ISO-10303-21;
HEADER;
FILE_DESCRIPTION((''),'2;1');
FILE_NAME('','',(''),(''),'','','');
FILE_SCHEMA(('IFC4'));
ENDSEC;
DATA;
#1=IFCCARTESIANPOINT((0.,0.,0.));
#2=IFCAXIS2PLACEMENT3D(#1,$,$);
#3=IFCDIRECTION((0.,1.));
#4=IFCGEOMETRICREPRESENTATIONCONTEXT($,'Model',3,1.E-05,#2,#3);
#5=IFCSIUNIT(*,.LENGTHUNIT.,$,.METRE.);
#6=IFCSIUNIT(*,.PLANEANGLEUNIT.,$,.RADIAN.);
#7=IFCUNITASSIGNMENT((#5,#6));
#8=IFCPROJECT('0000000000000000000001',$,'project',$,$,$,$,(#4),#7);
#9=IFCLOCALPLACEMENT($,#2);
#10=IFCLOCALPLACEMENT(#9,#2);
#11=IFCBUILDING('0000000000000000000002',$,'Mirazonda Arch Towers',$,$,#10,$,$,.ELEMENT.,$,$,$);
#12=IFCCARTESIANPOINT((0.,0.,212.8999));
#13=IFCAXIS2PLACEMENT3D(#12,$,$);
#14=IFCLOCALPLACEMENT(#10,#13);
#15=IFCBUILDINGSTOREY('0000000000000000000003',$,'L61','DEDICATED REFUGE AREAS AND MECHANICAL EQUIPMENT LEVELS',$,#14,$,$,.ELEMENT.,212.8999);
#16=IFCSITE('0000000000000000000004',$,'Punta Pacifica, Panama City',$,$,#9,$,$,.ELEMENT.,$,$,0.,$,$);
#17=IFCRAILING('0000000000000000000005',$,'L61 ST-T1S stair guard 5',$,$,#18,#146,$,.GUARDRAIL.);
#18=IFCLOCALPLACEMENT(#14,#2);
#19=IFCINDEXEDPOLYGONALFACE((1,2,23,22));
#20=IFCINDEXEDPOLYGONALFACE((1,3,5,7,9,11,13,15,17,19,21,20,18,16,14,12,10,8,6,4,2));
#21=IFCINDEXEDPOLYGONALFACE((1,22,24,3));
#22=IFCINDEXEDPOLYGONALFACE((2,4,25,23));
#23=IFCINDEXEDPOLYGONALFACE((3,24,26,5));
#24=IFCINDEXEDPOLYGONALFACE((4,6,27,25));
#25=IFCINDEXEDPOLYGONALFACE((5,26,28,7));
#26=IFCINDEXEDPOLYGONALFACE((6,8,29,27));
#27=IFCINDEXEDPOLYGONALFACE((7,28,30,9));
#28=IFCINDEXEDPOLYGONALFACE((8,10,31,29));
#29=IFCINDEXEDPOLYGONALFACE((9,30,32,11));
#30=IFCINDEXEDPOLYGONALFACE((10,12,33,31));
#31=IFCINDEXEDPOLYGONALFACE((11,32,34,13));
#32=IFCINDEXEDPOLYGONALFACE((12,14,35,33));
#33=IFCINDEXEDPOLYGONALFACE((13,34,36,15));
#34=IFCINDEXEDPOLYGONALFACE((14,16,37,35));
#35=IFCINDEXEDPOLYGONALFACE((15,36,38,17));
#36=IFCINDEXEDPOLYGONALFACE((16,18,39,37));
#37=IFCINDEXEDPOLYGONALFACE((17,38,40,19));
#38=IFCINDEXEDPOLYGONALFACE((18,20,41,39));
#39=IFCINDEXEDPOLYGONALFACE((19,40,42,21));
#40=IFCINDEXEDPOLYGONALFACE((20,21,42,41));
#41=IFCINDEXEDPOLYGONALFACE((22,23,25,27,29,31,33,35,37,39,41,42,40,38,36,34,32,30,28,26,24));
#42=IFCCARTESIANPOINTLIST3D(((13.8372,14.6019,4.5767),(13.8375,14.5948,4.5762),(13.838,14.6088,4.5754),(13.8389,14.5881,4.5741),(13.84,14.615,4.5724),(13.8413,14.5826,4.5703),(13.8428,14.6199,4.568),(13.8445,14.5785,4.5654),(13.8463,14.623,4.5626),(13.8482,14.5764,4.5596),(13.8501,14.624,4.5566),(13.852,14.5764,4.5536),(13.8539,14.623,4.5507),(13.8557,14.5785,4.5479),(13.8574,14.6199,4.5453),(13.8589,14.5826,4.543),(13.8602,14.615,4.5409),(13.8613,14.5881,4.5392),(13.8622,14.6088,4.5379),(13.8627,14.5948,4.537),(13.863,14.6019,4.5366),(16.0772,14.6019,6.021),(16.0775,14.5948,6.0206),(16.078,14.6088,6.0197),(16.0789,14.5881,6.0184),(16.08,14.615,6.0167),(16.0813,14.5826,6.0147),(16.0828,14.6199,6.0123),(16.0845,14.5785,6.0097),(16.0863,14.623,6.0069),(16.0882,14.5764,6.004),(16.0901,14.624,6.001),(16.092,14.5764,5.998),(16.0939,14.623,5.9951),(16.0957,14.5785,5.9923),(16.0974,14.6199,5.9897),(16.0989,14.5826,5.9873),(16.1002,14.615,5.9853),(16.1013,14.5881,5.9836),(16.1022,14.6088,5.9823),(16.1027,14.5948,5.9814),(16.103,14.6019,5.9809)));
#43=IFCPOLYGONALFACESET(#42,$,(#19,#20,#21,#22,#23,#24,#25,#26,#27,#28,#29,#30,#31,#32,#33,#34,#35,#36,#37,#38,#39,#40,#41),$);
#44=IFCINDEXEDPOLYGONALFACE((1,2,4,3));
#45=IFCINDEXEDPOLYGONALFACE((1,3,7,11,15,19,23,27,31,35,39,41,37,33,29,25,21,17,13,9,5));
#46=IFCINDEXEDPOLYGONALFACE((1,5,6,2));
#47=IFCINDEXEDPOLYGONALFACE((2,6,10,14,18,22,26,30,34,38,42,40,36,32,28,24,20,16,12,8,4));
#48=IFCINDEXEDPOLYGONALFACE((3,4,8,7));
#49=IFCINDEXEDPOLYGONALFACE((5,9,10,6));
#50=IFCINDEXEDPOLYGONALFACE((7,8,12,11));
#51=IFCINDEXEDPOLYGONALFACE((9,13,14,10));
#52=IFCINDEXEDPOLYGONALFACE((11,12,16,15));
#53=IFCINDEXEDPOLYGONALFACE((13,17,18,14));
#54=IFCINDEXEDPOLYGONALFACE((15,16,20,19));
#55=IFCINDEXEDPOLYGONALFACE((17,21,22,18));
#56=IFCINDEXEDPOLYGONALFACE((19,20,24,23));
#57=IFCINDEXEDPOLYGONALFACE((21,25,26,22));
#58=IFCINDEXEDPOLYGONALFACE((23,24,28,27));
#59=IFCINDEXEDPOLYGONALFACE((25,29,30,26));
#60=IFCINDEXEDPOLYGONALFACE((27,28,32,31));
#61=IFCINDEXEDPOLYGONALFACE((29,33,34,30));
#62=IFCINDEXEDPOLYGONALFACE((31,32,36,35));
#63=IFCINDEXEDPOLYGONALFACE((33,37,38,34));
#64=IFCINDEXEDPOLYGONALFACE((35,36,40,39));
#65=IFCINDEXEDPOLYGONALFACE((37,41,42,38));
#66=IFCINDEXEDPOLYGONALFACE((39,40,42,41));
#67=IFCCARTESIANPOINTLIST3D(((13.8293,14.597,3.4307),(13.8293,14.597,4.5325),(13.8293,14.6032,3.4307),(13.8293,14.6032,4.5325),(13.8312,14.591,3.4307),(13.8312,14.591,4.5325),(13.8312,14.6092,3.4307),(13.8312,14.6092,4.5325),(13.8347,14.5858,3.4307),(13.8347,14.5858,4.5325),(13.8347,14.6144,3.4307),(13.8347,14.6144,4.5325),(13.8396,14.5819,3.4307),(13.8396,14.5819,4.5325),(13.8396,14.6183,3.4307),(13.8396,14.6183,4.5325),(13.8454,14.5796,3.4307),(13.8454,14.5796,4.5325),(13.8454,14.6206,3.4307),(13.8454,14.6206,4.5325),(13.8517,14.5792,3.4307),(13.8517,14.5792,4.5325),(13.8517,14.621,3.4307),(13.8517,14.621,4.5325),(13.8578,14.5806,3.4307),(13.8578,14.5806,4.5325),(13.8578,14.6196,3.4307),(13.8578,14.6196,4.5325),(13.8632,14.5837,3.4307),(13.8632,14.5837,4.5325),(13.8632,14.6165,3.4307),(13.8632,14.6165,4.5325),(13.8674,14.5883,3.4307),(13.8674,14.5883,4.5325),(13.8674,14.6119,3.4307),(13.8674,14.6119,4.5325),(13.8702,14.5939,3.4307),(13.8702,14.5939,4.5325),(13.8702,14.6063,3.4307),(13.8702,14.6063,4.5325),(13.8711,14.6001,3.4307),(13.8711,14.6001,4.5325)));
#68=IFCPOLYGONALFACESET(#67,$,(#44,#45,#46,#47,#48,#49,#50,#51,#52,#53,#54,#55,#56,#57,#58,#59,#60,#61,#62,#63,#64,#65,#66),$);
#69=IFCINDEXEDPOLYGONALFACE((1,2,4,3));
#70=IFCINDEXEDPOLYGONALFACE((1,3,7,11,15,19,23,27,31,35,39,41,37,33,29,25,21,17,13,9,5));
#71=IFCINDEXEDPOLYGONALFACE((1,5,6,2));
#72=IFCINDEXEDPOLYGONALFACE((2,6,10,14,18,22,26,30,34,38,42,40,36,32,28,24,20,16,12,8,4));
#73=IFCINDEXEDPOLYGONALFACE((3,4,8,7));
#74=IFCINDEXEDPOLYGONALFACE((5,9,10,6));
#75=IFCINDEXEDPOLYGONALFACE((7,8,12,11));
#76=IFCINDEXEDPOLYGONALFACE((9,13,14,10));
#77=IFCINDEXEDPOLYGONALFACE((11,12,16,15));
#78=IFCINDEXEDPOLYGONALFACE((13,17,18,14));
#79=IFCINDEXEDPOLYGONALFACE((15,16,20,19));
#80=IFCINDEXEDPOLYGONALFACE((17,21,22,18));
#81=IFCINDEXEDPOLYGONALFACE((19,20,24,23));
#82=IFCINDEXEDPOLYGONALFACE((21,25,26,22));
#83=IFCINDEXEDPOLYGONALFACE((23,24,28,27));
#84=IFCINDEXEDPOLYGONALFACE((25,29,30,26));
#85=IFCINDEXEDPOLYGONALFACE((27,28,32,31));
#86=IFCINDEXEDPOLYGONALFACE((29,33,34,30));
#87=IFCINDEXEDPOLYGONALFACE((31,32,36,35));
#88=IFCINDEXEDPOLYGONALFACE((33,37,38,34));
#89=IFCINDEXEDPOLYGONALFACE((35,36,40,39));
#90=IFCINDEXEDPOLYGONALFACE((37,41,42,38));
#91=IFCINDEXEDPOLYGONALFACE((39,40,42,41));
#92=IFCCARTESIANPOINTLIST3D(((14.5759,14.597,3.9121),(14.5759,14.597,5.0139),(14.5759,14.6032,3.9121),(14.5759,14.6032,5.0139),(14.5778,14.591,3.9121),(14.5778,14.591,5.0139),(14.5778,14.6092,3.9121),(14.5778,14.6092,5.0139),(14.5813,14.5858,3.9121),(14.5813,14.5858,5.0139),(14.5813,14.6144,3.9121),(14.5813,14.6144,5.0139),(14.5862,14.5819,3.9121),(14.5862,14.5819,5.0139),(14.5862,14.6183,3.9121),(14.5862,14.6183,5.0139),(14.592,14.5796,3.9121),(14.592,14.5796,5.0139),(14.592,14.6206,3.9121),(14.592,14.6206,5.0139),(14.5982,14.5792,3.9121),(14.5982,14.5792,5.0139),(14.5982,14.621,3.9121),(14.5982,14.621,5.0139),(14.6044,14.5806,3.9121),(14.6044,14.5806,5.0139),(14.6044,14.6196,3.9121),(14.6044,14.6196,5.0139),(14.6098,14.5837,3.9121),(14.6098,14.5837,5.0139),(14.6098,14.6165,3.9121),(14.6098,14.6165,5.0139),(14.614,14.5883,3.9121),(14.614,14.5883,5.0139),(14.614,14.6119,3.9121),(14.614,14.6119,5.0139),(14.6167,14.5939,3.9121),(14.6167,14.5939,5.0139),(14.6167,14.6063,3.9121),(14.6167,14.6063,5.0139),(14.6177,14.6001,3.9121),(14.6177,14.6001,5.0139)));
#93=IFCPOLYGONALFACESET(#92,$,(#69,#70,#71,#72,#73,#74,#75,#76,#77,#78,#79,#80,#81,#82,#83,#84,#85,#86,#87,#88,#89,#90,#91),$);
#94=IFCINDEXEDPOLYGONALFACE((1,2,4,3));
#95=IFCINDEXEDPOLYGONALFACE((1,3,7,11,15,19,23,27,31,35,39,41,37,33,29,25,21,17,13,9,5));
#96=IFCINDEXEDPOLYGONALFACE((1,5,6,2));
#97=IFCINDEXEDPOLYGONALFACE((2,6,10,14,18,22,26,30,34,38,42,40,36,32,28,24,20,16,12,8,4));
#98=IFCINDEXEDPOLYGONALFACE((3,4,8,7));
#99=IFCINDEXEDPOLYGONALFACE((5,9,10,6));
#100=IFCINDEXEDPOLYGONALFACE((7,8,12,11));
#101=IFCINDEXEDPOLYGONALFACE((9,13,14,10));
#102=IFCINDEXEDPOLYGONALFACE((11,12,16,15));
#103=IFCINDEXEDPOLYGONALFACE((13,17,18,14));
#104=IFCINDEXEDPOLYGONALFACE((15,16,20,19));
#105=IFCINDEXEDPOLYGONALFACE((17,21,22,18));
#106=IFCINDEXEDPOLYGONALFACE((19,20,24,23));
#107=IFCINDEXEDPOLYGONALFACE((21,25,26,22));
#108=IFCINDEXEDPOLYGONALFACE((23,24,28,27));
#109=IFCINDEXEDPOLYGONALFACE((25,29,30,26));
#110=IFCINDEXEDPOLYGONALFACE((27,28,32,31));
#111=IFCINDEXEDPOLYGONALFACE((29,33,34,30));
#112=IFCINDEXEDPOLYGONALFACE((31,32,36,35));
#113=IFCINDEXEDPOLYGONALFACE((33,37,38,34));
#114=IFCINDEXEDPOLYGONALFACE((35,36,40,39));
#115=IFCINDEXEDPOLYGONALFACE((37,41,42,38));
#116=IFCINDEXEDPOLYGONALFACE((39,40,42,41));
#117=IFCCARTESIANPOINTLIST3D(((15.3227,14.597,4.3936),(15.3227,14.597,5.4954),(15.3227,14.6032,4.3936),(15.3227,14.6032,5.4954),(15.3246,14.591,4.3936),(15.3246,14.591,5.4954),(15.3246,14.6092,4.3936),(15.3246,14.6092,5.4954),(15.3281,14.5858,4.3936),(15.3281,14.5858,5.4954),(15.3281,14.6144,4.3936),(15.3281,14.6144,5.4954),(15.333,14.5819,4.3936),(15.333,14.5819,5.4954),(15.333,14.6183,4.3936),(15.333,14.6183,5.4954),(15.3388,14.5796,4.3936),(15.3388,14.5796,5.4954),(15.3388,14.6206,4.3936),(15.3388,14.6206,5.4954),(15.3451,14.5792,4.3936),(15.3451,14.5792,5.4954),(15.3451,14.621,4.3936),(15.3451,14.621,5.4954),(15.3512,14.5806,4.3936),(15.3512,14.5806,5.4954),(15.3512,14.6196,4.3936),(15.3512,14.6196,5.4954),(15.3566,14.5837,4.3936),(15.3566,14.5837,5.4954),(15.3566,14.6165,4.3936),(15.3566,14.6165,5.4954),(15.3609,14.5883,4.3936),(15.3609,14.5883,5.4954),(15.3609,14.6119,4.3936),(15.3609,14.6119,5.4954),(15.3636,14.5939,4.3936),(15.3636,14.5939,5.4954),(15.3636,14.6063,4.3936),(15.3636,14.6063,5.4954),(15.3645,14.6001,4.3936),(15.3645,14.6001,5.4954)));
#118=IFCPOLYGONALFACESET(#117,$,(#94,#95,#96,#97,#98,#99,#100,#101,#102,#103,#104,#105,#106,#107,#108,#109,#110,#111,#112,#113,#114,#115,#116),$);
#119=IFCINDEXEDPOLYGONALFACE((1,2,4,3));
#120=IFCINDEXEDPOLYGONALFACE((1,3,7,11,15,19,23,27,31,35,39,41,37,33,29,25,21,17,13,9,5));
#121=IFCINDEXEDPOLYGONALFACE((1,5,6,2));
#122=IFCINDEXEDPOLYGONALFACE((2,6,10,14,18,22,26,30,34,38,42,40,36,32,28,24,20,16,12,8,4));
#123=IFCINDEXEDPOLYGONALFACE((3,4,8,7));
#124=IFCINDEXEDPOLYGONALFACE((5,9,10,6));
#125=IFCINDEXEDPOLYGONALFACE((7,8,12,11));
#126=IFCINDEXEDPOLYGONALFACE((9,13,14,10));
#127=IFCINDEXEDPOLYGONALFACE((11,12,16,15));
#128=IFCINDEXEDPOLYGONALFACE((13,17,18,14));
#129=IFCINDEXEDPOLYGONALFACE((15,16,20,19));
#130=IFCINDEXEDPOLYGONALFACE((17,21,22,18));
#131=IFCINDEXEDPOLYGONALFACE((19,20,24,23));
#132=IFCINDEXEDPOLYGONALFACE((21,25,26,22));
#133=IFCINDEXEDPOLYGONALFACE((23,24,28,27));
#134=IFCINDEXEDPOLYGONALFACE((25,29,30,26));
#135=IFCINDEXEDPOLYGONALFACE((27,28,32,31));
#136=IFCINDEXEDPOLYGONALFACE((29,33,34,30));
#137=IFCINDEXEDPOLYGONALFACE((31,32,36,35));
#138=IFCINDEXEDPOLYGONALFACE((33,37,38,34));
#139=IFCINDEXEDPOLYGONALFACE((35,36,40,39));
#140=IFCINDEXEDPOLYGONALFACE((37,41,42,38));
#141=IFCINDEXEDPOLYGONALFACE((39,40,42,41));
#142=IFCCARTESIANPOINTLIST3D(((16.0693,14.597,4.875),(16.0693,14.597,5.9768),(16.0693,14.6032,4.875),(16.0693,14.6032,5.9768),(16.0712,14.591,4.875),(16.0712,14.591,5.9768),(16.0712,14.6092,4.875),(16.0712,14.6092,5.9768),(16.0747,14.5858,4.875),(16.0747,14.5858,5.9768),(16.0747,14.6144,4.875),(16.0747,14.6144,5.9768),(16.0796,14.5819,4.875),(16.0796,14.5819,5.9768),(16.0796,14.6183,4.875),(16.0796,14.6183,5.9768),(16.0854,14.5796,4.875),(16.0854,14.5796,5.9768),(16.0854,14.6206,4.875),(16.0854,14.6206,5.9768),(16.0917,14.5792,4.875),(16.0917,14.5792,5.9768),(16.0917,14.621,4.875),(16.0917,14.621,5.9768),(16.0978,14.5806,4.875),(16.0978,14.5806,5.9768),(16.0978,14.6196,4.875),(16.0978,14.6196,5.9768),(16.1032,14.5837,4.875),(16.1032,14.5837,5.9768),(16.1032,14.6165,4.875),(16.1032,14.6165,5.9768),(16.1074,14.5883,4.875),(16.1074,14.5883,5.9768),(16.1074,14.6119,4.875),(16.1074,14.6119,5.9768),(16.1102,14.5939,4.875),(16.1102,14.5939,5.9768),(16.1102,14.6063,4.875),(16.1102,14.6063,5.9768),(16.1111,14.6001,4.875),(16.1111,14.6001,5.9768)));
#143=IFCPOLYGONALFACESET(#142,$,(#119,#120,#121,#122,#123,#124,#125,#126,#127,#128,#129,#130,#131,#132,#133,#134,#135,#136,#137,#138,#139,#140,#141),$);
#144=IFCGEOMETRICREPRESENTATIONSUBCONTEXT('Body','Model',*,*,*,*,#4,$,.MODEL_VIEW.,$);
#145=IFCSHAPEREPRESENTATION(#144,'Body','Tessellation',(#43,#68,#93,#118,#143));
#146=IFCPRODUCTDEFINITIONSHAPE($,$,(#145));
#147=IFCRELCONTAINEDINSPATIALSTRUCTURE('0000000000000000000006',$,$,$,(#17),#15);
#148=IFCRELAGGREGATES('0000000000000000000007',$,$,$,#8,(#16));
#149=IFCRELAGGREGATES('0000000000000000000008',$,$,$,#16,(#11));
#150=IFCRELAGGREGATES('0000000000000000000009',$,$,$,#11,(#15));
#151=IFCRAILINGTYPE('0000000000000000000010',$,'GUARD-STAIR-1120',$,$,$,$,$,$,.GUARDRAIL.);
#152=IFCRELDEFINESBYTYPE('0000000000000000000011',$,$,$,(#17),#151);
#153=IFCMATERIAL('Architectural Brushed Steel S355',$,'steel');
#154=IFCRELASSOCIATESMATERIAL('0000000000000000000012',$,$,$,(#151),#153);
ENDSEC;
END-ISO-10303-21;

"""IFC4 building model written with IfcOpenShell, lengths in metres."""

from ifc_helpers import new_model, si_unit, direction, frame, origin, origin_2d, place, context, subcontext, project, spatial, circle, extrude, material, type_object, element, save


model = new_model("IFC4")

# Units and contexts
model_context = context("Model", 3, precision=1e-05, world=origin(), true_north=direction((0.0, 1.0)))
body_context = subcontext(model_context, "Body", "Model", "MODEL_VIEW")
ifc_project = project(units=[si_unit("LENGTHUNIT", "METRE"), si_unit("PLANEANGLEUNIT", "RADIAN")], contexts=[model_context])

# Site, building, storey
site_placement = place(None, origin())
site = spatial("IfcSite", under=ifc_project, at=site_placement, Name="Punta Pacifica, Panama City", CompositionType="ELEMENT", RefElevation=0.0)
building_placement = place(site_placement, origin())
building = spatial("IfcBuilding", under=site, at=building_placement, Name="Mirazonda Arch Towers", CompositionType="ELEMENT")
storey_placement = place(building_placement, frame((0.0, 0.0, 212.8999)))
storey = spatial("IfcBuildingStorey", under=building, at=storey_placement, Name="L61", Description="DEDICATED REFUGE AREAS AND MECHANICAL EQUIPMENT LEVELS", CompositionType="ELEMENT", Elevation=212.8999)

# Shared definitions
ifc_material_1 = material(Name="Architectural Brushed Steel S355", Category="steel")

# Railing
railing_type_1 = type_object("IfcRailingType", Name="GUARD-STAIR-1120", PredefinedType="GUARDRAIL", material=ifc_material_1)
railing_1_placement = place(storey_placement, frame((13.8501, 14.6001, 3.4307)))
element("IfcRailing", 1, at=railing_1_placement, inside=storey, type_object=railing_type_1, Name="L61 ST-T1S stair guard 5", PredefinedType="GUARDRAIL", context=body_context, shape_type="SweptSolid", body=[
    extrude(circle(Radius=0.0239, at=origin_2d()), frame((0.0, 0.0, 1.126), z_axis=(0.840437, 0.0, 0.54191), x_axis=(0.0, 1.0, 0.0)), (0.0, 0.0, 1.0), 2.6653),
    extrude(circle(Radius=0.021, at=origin_2d()), origin(), (0.0, 0.0, 1.0), 1.1018),
    extrude(circle(Radius=0.021, at=origin_2d()), frame((0.7466, 0.0, 0.4814)), (0.0, 0.0, 1.0), 1.1018),
    extrude(circle(Radius=0.021, at=origin_2d()), frame((1.4934, 0.0, 0.9629)), (0.0, 0.0, 1.0), 1.1018),
    extrude(circle(Radius=0.021, at=origin_2d()), frame((2.24, 0.0, 1.4443)), (0.0, 0.0, 1.0), 1.1018),
])

save(model, "model.ifc")
